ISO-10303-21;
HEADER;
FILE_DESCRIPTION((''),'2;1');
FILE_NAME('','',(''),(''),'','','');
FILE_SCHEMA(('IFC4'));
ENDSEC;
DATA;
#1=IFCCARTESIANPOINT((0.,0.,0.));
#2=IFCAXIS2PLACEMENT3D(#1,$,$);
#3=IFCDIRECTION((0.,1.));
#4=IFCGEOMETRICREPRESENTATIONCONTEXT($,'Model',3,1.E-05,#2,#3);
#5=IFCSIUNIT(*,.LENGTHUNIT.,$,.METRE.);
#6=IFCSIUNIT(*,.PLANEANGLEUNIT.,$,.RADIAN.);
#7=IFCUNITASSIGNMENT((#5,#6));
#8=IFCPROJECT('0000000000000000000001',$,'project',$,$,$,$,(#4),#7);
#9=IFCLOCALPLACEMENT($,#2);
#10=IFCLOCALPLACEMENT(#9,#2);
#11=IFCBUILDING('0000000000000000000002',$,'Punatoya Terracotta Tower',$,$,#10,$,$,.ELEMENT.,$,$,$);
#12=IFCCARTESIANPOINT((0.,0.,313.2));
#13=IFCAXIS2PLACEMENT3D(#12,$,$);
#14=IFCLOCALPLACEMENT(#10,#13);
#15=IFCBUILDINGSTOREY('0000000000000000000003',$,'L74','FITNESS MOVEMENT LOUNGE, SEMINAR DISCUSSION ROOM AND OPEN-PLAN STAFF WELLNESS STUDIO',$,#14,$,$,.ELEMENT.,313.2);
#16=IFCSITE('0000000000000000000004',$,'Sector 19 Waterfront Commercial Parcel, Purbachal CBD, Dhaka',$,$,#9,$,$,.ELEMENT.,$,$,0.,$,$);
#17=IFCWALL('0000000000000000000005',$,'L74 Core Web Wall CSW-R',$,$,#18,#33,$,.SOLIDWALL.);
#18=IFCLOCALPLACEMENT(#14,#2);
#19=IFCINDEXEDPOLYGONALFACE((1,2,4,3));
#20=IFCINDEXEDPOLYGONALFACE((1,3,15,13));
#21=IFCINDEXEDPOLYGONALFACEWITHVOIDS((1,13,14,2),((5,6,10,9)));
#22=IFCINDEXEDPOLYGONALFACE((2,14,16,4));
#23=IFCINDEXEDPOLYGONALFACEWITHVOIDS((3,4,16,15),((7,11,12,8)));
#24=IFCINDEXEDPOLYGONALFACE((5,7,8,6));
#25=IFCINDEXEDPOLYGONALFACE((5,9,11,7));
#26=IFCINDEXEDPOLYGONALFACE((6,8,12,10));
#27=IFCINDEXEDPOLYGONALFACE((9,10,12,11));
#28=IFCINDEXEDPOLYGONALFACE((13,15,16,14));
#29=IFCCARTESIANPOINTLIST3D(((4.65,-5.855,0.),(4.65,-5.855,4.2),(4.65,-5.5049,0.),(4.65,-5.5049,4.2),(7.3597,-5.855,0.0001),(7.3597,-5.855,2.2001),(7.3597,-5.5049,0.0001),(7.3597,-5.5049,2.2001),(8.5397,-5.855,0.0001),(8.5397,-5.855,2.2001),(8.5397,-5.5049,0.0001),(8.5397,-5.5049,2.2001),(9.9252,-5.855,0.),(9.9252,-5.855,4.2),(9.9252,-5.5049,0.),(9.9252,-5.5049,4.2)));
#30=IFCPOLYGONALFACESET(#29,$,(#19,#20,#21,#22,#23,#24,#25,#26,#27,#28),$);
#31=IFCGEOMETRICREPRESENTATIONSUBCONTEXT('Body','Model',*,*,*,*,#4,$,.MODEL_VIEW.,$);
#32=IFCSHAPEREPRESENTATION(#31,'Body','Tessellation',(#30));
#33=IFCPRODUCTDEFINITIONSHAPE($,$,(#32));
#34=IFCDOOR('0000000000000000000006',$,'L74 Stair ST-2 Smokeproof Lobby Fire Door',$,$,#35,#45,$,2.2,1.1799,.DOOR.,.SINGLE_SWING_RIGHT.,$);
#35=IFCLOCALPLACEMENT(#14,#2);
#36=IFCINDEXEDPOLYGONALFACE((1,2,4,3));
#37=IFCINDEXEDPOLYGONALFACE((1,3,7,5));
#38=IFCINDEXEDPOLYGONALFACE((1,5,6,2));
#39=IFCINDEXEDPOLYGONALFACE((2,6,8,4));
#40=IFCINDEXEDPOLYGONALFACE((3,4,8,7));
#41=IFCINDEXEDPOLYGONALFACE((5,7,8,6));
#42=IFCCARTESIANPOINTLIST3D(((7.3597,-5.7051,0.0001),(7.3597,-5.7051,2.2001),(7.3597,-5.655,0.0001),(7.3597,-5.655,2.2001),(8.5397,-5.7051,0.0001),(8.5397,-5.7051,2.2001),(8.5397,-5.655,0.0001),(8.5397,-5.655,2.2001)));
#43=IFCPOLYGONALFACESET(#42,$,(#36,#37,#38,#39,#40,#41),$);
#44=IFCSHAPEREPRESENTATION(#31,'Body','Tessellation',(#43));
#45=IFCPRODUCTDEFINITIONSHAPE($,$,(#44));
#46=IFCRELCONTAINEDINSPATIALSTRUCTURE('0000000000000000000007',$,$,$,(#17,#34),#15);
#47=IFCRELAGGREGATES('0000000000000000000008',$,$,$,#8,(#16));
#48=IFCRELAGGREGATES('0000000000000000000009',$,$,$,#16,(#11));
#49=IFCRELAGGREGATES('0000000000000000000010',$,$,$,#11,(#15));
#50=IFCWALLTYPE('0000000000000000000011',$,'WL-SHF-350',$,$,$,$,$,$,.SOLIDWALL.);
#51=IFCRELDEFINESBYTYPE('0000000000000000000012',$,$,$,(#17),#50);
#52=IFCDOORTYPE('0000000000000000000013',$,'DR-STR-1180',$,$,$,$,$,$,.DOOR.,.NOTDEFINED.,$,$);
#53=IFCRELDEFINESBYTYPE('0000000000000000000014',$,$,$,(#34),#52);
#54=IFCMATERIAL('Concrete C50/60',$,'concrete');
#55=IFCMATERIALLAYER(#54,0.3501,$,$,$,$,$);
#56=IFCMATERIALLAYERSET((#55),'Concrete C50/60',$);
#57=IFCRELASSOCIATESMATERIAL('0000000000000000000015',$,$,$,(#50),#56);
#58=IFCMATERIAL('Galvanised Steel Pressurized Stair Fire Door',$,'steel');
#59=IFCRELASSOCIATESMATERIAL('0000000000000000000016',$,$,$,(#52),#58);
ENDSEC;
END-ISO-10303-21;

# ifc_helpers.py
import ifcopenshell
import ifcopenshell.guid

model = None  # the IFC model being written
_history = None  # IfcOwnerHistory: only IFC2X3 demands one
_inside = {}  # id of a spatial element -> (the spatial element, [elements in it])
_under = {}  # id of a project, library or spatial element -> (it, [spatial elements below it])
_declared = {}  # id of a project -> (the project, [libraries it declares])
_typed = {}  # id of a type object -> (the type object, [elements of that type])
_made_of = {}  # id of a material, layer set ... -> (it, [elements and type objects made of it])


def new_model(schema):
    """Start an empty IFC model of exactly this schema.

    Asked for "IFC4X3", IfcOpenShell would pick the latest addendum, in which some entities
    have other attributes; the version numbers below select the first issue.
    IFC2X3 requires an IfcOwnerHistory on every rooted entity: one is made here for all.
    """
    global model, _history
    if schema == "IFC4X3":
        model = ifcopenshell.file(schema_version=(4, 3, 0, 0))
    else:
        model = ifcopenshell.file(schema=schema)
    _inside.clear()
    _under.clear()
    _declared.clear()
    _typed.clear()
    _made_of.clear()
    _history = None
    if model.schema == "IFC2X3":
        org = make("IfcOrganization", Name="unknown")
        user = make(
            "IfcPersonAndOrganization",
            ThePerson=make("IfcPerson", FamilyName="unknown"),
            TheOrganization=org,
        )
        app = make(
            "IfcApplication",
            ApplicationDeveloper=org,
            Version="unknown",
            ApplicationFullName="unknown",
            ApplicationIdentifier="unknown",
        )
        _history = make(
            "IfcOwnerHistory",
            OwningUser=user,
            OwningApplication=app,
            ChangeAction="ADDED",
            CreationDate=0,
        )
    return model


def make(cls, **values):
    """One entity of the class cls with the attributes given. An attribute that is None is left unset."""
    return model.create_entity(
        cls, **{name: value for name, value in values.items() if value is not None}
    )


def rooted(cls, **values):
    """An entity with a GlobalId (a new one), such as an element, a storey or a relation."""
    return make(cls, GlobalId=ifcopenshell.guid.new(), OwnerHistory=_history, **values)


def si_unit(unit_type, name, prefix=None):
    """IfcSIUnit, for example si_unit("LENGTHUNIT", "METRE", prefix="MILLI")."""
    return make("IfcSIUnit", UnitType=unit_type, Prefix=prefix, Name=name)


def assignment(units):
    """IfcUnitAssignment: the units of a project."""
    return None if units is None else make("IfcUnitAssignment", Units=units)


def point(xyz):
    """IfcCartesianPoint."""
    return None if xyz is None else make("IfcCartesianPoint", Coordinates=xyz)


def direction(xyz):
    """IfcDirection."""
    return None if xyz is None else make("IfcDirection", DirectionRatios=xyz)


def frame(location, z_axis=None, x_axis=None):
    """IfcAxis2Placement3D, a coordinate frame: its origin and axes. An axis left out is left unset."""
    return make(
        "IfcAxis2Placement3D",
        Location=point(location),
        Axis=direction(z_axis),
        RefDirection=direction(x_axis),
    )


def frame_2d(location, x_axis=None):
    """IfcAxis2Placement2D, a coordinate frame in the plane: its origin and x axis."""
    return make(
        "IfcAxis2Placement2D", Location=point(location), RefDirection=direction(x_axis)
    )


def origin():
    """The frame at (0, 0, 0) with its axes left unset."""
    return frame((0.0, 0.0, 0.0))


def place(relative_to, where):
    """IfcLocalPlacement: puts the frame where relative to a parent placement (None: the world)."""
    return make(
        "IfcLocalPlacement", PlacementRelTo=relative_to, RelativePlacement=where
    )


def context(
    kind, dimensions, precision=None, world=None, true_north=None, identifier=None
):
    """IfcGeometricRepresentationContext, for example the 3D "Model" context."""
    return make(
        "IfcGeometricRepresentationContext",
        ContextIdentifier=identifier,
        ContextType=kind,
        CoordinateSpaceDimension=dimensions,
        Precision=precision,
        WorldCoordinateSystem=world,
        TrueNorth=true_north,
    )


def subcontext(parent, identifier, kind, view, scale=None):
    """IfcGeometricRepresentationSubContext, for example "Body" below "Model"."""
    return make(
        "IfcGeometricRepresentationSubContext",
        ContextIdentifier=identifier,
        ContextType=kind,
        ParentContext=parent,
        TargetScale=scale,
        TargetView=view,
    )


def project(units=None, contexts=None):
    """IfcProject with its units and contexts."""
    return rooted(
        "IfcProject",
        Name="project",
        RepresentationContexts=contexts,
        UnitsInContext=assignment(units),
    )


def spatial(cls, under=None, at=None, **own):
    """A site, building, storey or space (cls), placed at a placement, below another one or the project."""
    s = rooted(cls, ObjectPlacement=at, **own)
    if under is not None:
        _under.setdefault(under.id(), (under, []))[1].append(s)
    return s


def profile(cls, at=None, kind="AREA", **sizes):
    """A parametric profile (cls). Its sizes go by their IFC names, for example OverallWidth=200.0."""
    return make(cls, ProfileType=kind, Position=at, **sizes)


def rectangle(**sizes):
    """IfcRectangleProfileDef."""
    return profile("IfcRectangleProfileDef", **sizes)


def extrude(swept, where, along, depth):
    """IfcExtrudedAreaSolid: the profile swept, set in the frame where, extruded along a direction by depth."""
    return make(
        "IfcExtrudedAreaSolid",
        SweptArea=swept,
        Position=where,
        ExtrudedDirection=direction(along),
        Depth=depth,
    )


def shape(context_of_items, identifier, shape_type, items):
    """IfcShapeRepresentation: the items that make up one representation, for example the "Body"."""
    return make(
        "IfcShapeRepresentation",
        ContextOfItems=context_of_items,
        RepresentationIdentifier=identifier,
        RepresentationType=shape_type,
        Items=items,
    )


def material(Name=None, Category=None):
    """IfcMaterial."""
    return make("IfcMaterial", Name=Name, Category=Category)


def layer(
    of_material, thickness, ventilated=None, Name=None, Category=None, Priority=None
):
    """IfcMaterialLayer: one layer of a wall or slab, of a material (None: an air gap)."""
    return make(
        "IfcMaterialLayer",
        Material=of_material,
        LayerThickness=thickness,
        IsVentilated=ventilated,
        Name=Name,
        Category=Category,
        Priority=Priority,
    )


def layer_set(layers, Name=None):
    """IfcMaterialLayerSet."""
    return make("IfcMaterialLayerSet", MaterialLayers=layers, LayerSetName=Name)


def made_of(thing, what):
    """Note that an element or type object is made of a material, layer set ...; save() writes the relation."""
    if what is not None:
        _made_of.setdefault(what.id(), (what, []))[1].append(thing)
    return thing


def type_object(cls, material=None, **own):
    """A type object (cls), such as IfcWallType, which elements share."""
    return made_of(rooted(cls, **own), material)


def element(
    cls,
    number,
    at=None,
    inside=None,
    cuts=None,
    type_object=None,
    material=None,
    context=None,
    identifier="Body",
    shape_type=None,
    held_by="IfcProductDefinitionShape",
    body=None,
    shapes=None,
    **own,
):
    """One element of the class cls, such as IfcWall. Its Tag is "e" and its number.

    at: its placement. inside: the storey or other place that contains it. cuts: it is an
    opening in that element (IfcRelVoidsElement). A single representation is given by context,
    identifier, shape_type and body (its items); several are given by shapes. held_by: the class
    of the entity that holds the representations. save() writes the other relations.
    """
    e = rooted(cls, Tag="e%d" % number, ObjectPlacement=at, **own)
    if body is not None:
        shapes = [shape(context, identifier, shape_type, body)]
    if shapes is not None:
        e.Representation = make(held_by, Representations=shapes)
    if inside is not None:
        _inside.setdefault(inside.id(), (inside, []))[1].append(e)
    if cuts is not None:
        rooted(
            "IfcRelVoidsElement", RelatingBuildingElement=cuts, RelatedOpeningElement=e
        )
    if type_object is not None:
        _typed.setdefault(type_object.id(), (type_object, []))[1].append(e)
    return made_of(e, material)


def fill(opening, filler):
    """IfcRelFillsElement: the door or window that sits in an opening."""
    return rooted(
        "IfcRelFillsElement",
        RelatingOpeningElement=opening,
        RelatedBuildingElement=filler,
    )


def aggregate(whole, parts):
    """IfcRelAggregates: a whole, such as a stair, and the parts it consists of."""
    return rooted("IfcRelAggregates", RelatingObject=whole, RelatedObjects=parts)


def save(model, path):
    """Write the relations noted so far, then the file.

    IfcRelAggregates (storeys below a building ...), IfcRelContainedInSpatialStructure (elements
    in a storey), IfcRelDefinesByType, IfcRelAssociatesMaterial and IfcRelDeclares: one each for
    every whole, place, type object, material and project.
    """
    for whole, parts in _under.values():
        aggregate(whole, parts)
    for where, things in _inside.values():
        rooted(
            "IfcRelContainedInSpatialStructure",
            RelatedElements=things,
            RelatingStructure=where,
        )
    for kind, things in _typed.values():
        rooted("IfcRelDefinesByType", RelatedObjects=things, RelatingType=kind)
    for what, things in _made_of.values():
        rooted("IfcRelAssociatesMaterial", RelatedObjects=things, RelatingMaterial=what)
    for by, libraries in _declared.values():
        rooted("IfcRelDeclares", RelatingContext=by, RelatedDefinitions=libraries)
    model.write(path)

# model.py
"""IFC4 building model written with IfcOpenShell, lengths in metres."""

from ifc_helpers import new_model, si_unit, direction, frame, frame_2d, origin, place, context, subcontext, project, spatial, rectangle, extrude, material, layer, layer_set, type_object, element, fill, save


model = new_model("IFC4")

# Units and contexts
model_context = context("Model", 3, precision=1e-05, world=origin(), true_north=direction((0.0, 1.0)))
body_context = subcontext(model_context, "Body", "Model", "MODEL_VIEW")
ifc_project = project(units=[si_unit("LENGTHUNIT", "METRE"), si_unit("PLANEANGLEUNIT", "RADIAN")], contexts=[model_context])

# Site, building, storey
site_placement = place(None, origin())
site = spatial("IfcSite", under=ifc_project, at=site_placement, Name="Sector 19 Waterfront Commercial Parcel, Purbachal CBD, Dhaka", CompositionType="ELEMENT", RefElevation=0.0)
building_placement = place(site_placement, origin())
building = spatial("IfcBuilding", under=site, at=building_placement, Name="Punatoya Terracotta Tower", CompositionType="ELEMENT")
storey_placement = place(building_placement, frame((0.0, 0.0, 313.2)))
storey = spatial("IfcBuildingStorey", under=building, at=storey_placement, Name="L74", Description="FITNESS MOVEMENT LOUNGE, SEMINAR DISCUSSION ROOM AND OPEN-PLAN STAFF WELLNESS STUDIO", CompositionType="ELEMENT", Elevation=313.2)

# Wall, opening, door
ifc_material_1 = material(Name="Concrete C50/60", Category="concrete")
ifc_layer_1 = layer(ifc_material_1, 0.3501)
ifc_layer_set_1 = layer_set([ifc_layer_1], Name="Concrete C50/60")
wall_type_1 = type_object("IfcWallType", Name="WL-SHF-350", PredefinedType="SOLIDWALL", material=ifc_layer_set_1)
wall_1_placement = place(storey_placement, frame((4.6499, -5.6799, 0.0), z_axis=(0.0, 0.0, 1.0), x_axis=(1.0, 0.0, 0.0)))
wall_1 = element("IfcWall", 1, at=wall_1_placement, inside=storey, type_object=wall_type_1, Name="L74 Core Web Wall CSW-R", PredefinedType="SOLIDWALL", context=body_context, shape_type="SweptSolid", body=[
    extrude(rectangle(XDim=5.2751, YDim=0.3501, at=frame_2d((2.6377, 0.0))), origin(), (0.0, 0.0, 1.0), 4.2),
])
opening_1_placement = place(wall_1_placement, frame((2.71, 0.0, 0.0)))
opening_1 = element("IfcOpeningElement", 2, at=opening_1_placement, cuts=wall_1, PredefinedType="OPENING", context=body_context, shape_type="SweptSolid", body=[
    extrude(rectangle(XDim=1.1799, YDim=2.2, at=frame_2d((0.5898, 1.1001))), frame((0.0, 0.1851, 0.0), z_axis=(0.0, -1.0, 0.0), x_axis=(1.0, 0.0, 0.0)), (0.0, 0.0, 1.0), 0.3701),
])
ifc_material_2 = material(Name="Galvanised Steel Pressurized Stair Fire Door", Category="steel")
door_type_1 = type_object("IfcDoorType", Name="DR-STR-1180", OperationType="NOTDEFINED", PredefinedType="DOOR", material=ifc_material_2)
door_1_placement = place(opening_1_placement, origin())
door_1 = element("IfcDoor", 3, at=door_1_placement, inside=storey, type_object=door_type_1, Name="L74 Stair ST-2 Smokeproof Lobby Fire Door", OperationType="SINGLE_SWING_RIGHT", OverallHeight=2.2, OverallWidth=1.1799, PredefinedType="DOOR", context=body_context, shape_type="SweptSolid", body=[
    extrude(rectangle(XDim=1.1799, YDim=2.2, at=frame_2d((0.5898, 1.1001))), frame((0.0, 0.0249, 0.0), z_axis=(0.0, -1.0, 0.0), x_axis=(1.0, 0.0, 0.0)), (0.0, 0.0, 1.0), 0.05),
])
fill(opening_1, door_1)

save(model, "model.ifc")
